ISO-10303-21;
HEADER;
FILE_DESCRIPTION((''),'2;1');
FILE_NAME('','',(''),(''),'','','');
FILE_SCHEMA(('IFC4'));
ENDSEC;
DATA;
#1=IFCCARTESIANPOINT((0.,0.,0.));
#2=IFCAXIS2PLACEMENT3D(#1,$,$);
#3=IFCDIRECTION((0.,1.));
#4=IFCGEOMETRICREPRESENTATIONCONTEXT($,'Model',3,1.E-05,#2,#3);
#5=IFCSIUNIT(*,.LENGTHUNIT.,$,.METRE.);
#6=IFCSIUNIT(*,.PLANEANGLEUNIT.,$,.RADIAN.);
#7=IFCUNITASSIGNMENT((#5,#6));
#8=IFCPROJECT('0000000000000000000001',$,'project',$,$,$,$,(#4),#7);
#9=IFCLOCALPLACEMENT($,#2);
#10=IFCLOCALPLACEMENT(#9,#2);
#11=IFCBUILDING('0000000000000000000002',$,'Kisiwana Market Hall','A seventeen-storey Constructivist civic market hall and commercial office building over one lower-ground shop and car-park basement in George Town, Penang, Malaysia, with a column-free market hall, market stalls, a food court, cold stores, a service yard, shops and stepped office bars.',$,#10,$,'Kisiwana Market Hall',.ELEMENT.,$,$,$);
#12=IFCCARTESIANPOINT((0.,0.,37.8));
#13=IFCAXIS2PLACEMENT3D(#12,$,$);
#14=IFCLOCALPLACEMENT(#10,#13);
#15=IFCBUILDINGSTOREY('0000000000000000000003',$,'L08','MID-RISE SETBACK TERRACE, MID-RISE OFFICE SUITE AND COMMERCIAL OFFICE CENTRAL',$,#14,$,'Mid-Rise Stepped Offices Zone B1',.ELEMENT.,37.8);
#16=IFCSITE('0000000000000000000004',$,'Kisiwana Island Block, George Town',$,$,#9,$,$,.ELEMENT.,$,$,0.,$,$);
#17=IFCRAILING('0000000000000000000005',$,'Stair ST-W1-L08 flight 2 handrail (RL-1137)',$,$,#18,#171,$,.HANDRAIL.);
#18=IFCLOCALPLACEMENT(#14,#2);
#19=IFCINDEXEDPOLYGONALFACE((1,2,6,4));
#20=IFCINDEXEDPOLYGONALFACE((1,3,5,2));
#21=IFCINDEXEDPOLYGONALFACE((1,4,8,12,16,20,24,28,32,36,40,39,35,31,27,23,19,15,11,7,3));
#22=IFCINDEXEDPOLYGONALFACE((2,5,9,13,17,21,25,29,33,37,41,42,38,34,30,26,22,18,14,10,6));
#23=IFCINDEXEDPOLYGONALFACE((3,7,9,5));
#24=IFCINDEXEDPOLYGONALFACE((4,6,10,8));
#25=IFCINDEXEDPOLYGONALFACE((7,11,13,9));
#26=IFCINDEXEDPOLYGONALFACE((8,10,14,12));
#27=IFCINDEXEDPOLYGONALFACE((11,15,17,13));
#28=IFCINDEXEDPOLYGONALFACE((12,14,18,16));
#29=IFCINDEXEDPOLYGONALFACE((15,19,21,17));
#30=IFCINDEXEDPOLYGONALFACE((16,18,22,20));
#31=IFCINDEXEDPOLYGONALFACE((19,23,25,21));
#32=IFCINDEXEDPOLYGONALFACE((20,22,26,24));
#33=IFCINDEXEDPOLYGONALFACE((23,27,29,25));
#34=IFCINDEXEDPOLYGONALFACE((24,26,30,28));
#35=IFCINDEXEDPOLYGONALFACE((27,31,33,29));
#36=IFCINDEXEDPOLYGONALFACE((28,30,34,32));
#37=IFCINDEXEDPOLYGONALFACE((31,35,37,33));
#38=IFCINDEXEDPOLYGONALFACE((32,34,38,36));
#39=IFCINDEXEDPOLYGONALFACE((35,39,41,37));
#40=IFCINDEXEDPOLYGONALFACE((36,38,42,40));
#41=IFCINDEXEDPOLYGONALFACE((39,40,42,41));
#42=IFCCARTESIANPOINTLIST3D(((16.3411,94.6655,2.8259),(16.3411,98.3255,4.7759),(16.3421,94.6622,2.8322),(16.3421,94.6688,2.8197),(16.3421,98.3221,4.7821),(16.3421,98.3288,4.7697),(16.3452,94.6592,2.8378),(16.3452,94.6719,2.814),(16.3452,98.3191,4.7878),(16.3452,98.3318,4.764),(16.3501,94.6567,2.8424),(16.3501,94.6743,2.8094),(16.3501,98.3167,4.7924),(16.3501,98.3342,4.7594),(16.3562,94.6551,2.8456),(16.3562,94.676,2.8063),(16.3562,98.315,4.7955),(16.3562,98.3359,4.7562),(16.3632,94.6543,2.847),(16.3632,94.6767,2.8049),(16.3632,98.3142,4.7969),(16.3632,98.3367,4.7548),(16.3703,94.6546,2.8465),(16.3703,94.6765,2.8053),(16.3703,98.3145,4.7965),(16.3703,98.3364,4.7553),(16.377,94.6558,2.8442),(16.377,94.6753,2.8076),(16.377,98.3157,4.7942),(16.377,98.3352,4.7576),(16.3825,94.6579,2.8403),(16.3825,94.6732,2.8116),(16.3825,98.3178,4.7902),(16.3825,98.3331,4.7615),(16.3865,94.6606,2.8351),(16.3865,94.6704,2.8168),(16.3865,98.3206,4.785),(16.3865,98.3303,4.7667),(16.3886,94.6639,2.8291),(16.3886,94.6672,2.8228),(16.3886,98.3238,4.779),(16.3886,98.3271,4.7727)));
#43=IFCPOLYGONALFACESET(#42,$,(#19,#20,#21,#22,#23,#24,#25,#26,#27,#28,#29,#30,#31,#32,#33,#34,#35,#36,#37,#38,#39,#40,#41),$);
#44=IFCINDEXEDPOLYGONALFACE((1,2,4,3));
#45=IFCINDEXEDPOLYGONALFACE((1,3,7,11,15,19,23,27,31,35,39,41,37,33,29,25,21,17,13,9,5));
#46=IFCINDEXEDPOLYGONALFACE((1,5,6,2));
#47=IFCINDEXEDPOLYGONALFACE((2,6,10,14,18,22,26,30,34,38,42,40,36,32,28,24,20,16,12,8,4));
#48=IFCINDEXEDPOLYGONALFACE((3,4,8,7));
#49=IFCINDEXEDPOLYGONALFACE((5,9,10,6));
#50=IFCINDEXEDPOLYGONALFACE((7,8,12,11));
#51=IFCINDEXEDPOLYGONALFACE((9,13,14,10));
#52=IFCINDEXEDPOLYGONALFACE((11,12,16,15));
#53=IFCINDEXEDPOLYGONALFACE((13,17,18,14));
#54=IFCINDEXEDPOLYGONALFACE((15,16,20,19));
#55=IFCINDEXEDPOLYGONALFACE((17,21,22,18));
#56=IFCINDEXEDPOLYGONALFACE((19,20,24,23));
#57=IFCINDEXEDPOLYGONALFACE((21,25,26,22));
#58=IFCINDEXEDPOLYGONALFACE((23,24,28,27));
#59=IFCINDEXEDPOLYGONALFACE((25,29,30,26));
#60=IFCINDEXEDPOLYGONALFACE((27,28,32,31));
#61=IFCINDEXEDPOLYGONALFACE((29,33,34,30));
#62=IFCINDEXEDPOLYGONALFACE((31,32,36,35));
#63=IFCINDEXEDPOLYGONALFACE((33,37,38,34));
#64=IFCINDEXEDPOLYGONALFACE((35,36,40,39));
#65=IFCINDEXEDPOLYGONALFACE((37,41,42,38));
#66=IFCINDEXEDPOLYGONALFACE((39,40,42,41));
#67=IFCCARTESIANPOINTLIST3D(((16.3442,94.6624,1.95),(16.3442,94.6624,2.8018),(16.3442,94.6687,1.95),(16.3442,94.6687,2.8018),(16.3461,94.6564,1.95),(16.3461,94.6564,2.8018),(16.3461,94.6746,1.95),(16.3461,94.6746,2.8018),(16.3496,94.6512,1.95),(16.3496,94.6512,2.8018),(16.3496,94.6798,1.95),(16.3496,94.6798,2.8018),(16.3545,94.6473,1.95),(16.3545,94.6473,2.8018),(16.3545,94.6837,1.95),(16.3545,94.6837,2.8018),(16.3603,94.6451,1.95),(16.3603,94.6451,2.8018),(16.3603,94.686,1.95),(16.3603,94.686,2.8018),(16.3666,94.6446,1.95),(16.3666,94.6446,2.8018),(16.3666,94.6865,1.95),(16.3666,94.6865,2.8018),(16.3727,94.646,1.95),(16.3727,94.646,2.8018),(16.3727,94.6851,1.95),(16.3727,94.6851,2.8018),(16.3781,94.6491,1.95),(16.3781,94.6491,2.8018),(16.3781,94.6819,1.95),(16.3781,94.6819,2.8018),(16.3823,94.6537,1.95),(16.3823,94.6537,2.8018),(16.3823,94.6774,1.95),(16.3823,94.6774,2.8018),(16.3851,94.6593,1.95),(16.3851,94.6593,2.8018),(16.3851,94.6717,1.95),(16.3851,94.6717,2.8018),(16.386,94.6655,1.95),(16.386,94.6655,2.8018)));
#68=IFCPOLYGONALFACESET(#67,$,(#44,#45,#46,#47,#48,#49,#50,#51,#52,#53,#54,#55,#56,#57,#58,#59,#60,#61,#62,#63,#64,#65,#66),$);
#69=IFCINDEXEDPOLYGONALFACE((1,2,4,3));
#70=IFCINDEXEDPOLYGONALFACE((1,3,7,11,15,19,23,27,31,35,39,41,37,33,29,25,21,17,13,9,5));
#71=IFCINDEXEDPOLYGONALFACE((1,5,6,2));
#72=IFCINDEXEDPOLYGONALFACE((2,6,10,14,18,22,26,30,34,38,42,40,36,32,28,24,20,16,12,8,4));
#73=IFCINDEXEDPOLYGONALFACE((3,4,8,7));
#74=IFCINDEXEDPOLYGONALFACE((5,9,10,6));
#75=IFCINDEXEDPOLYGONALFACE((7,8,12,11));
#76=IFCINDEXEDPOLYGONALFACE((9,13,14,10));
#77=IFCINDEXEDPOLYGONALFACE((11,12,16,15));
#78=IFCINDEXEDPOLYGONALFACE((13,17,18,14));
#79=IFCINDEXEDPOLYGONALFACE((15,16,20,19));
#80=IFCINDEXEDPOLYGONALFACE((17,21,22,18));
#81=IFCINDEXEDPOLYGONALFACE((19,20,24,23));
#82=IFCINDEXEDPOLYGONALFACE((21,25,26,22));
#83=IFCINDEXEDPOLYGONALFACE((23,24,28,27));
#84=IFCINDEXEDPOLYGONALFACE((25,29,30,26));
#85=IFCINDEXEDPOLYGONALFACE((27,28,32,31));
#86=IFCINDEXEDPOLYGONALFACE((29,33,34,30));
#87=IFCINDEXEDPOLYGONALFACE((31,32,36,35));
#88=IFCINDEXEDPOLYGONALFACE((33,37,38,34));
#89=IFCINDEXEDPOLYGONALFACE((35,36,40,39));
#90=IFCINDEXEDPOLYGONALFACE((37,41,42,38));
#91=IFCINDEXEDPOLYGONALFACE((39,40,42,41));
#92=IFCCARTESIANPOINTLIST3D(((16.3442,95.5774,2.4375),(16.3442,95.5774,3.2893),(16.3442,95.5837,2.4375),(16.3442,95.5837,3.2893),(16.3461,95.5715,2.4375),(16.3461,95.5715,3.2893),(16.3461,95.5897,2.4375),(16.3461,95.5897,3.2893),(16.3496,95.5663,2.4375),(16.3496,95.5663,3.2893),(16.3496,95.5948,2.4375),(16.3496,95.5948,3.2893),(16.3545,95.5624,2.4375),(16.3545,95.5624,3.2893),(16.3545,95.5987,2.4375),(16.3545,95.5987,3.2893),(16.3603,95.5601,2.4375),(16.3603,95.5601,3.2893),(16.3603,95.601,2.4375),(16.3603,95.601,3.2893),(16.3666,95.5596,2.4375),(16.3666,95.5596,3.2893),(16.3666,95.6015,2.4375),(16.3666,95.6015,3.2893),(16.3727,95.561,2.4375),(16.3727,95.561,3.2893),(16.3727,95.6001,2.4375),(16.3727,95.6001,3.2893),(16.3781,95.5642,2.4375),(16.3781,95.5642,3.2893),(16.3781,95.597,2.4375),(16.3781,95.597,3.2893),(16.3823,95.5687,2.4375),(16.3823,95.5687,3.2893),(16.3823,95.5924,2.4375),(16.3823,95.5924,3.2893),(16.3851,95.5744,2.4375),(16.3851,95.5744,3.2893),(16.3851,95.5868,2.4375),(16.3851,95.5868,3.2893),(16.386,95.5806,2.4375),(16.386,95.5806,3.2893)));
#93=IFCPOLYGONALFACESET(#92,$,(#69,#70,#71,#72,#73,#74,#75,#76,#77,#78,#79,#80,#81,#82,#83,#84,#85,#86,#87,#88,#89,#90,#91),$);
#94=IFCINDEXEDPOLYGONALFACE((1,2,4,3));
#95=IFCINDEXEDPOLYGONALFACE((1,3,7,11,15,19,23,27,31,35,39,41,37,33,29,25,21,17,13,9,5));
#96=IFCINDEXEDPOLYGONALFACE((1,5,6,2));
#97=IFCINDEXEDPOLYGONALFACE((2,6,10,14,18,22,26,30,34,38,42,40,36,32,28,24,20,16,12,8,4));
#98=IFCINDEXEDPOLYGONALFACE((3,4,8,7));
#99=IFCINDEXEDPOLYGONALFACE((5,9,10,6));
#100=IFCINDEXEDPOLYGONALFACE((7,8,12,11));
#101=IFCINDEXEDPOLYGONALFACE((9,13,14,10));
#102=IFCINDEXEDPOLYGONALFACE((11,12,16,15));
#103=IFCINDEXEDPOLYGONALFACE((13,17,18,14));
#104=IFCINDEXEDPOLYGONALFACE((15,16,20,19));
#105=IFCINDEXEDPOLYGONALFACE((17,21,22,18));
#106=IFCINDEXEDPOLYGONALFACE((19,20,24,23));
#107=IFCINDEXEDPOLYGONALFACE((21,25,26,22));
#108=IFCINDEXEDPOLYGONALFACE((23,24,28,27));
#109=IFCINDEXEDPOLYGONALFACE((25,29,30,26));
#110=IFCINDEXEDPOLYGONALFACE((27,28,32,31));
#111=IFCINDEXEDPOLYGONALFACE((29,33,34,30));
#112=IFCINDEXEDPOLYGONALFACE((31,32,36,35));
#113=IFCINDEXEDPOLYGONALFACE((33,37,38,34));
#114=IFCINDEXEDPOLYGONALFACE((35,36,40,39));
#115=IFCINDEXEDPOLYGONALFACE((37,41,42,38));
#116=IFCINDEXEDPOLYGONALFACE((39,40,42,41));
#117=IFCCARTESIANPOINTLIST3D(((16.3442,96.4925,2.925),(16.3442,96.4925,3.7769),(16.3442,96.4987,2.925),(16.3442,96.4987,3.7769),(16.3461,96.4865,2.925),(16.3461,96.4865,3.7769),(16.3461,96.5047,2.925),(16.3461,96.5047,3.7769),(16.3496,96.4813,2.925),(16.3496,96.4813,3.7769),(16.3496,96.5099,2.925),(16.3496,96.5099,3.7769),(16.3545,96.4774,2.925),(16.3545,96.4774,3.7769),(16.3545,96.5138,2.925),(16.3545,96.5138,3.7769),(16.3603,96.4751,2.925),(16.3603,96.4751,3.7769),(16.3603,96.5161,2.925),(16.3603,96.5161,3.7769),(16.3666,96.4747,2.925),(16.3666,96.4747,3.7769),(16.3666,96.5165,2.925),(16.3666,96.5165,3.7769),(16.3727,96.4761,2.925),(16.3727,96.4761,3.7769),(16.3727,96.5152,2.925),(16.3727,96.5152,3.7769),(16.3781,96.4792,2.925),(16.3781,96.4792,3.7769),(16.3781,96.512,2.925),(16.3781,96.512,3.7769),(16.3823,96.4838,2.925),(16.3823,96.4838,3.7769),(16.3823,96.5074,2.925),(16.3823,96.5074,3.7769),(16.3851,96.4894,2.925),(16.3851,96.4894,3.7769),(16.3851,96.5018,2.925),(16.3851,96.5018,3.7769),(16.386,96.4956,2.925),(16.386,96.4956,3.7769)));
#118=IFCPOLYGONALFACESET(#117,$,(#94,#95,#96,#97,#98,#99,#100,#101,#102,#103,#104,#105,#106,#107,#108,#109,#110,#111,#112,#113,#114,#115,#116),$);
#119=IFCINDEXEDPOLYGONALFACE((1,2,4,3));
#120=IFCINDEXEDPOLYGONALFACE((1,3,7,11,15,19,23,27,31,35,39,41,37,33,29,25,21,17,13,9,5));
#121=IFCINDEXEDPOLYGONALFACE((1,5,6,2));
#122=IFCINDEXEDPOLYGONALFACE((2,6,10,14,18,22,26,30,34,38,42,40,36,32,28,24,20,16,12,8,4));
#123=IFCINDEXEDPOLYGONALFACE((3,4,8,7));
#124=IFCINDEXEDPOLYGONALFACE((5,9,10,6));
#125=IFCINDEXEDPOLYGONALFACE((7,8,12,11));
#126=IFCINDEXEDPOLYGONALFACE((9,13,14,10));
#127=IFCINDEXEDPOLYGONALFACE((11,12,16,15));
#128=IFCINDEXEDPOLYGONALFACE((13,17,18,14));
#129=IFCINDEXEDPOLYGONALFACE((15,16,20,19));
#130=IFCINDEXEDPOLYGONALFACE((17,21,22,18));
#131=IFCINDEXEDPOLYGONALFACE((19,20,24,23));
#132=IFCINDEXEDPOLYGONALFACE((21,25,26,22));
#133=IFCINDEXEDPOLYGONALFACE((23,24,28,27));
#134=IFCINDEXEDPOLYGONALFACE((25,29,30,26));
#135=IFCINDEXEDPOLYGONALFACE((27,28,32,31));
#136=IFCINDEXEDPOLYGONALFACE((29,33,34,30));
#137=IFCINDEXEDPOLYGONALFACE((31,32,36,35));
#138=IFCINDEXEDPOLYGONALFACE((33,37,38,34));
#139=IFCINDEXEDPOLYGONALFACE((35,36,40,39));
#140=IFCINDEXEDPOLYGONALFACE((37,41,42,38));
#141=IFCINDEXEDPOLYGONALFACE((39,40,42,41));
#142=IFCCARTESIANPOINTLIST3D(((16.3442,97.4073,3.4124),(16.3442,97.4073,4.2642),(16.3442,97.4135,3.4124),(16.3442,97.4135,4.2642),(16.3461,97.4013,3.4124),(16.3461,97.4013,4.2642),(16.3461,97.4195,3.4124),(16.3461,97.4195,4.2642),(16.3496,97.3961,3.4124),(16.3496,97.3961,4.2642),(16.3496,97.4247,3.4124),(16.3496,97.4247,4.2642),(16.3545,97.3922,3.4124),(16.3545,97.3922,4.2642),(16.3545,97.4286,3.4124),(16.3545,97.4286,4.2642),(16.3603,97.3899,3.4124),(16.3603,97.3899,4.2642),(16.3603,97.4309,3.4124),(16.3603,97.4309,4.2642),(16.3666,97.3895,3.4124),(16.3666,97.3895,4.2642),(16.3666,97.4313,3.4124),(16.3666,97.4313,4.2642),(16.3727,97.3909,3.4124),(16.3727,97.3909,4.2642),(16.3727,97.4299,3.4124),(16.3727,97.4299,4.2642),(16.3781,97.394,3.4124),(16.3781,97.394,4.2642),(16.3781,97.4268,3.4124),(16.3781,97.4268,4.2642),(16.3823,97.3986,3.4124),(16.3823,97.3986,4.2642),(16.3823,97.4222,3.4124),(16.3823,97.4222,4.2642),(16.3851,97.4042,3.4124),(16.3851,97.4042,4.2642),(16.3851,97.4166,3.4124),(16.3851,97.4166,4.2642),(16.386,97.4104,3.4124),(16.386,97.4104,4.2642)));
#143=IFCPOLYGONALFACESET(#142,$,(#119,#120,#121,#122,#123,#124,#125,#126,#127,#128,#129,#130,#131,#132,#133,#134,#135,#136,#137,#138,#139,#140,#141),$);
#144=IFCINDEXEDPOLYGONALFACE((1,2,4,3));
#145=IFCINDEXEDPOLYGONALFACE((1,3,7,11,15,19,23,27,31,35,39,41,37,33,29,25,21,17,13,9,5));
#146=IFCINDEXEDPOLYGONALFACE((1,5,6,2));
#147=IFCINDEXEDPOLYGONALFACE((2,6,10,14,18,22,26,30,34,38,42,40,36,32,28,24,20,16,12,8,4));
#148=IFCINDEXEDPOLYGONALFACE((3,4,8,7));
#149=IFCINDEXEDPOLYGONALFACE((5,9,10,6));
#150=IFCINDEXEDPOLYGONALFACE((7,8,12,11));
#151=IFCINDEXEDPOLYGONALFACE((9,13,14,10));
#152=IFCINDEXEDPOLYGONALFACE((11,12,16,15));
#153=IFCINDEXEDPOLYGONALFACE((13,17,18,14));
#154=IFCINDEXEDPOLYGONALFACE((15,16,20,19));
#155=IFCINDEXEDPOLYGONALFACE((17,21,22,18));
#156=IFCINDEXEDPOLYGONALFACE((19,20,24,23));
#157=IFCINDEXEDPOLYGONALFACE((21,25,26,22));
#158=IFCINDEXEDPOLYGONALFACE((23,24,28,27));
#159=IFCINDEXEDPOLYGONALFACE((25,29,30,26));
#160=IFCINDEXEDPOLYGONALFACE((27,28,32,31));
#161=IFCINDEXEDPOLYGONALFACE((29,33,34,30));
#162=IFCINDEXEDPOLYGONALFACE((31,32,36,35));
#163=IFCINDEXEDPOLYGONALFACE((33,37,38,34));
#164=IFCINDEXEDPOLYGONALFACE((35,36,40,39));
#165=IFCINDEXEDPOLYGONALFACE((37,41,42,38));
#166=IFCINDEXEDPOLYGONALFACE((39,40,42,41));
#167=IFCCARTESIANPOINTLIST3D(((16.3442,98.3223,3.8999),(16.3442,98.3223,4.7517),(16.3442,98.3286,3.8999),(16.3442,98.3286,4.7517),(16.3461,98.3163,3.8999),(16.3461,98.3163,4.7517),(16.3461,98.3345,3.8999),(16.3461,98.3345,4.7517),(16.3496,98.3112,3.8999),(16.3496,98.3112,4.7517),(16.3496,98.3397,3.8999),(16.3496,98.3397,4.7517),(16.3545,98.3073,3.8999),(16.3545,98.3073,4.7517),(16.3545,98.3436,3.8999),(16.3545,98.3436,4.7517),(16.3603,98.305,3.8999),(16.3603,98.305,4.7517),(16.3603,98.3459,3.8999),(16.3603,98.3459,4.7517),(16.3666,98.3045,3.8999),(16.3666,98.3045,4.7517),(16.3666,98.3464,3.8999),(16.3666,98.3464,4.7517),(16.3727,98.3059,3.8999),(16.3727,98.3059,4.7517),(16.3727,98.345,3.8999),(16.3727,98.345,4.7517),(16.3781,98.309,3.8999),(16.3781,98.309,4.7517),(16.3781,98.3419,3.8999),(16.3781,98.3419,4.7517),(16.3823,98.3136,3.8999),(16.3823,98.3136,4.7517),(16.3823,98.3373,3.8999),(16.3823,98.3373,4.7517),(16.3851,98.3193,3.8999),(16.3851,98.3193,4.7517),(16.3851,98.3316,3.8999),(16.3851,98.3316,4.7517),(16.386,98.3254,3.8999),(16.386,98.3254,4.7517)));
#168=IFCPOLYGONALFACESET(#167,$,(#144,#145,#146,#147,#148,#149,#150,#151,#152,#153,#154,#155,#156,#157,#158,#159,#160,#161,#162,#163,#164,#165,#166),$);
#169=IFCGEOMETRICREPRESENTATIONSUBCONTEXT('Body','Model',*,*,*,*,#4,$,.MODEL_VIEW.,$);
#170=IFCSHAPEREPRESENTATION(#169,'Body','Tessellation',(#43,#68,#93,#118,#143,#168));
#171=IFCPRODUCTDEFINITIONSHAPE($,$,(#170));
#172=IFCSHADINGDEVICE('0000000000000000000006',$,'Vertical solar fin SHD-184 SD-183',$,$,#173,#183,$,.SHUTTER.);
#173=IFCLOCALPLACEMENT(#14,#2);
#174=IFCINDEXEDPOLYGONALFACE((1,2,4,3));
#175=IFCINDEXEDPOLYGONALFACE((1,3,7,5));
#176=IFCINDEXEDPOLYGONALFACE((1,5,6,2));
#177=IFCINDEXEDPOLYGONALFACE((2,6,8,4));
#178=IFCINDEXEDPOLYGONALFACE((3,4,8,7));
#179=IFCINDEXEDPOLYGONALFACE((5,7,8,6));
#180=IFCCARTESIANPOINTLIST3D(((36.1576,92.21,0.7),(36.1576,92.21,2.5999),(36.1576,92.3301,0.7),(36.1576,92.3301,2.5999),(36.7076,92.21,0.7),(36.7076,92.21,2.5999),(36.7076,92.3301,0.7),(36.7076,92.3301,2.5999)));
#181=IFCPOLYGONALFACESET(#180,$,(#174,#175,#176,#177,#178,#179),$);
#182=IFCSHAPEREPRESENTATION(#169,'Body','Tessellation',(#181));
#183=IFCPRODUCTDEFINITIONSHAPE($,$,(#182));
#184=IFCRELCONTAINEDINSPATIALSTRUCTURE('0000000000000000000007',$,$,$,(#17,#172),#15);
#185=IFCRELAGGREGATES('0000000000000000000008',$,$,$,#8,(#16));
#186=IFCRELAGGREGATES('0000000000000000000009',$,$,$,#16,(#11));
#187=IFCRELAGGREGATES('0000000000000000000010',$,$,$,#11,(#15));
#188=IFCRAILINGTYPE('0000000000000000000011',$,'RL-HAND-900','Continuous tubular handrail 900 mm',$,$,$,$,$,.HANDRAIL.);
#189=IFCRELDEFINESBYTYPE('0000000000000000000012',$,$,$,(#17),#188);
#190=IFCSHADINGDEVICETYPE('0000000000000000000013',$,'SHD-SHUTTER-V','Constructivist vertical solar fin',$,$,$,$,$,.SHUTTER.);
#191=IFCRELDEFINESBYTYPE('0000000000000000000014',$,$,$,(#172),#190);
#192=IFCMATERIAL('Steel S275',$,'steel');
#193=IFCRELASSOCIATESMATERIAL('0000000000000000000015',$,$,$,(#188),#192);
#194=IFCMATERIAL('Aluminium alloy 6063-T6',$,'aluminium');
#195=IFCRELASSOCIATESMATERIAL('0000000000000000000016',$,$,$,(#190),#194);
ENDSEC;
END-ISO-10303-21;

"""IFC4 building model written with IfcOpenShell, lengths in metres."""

from ifc_helpers import new_model, si_unit, direction, frame, origin, origin_2d, place, context, subcontext, project, spatial, rectangle, circle, extrude, material, type_object, element, save


model = new_model("IFC4")

# Units and contexts
model_context = context("Model", 3, precision=1e-05, world=origin(), true_north=direction((0.0, 1.0)))
body_context = subcontext(model_context, "Body", "Model", "MODEL_VIEW")
ifc_project = project(units=[si_unit("LENGTHUNIT", "METRE"), si_unit("PLANEANGLEUNIT", "RADIAN")], contexts=[model_context])

# Site, building, storey
site_placement = place(None, origin())
site = spatial("IfcSite", under=ifc_project, at=site_placement, Name="Kisiwana Island Block, George Town", CompositionType="ELEMENT", RefElevation=0.0)
building_placement = place(site_placement, origin())
building = spatial("IfcBuilding", under=site, at=building_placement, Name="Kisiwana Market Hall", Description="A seventeen-storey Constructivist civic market hall and commercial office building over one lower-ground shop and car-park basement in George Town, Penang, Malaysia, with a column-free market hall, market stalls, a food court, cold stores, a service yard, shops and stepped office bars.", LongName="Kisiwana Market Hall", CompositionType="ELEMENT")
storey_placement = place(building_placement, frame((0.0, 0.0, 37.8)))
storey = spatial("IfcBuildingStorey", under=building, at=storey_placement, Name="L08", Description="MID-RISE SETBACK TERRACE, MID-RISE OFFICE SUITE AND COMMERCIAL OFFICE CENTRAL", LongName="Mid-Rise Stepped Offices Zone B1", CompositionType="ELEMENT", Elevation=37.8)

# Railing
ifc_material_1 = material(Name="Steel S275", Category="steel")
railing_type_1 = type_object("IfcRailingType", Name="RL-HAND-900", Description="Continuous tubular handrail 900 mm", PredefinedType="HANDRAIL", material=ifc_material_1)
railing_1_placement = place(storey_placement, frame((16.365, 94.6655, 1.95)))
element("IfcRailing", 1, at=railing_1_placement, inside=storey, type_object=railing_type_1, Name="Stair ST-W1-L08 flight 2 handrail (RL-1137)", PredefinedType="HANDRAIL", context=body_context, shape_type="SweptSolid", body=[
    extrude(circle(Radius=0.0239, at=origin_2d()), frame((0.0, 0.0, 0.876), z_axis=(0.0, 0.882553, 0.470212), x_axis=(-1.0, 0.0, 0.0)), (0.0, 0.0, 1.0), 4.147),
    extrude(circle(Radius=0.021, at=origin_2d()), origin(), (0.0, 0.0, 1.0), 0.8518),
    extrude(circle(Radius=0.021, at=origin_2d()), frame((0.0, 0.915, 0.4875)), (0.0, 0.0, 1.0), 0.8518),
    extrude(circle(Radius=0.021, at=origin_2d()), frame((0.0, 1.8301, 0.9751)), (0.0, 0.0, 1.0), 0.8518),
    extrude(circle(Radius=0.021, at=origin_2d()), frame((0.0, 2.7449, 1.4624)), (0.0, 0.0, 1.0), 0.8518),
    extrude(circle(Radius=0.021, at=origin_2d()), frame((0.0, 3.6599, 1.95)), (0.0, 0.0, 1.0), 0.8518),
])

# Shading device
ifc_material_2 = material(Name="Aluminium alloy 6063-T6", Category="aluminium")
shading_device_type = type_object("IfcShadingDeviceType", Name="SHD-SHUTTER-V", Description="Constructivist vertical solar fin", PredefinedType="SHUTTER", material=ifc_material_2)
shading_device_placement = place(storey_placement, frame((36.4326, 92.27, 0.7), z_axis=(0.0, 0.0, 1.0), x_axis=(0.0, 1.0, 0.0)))
element("IfcShadingDevice", 2, at=shading_device_placement, inside=storey, type_object=shading_device_type, Name="Vertical solar fin SHD-184 SD-183", PredefinedType="SHUTTER", context=body_context, shape_type="SweptSolid", body=[
    extrude(rectangle(XDim=0.1201, YDim=0.55, at=origin_2d()), origin(), (0.0, 0.0, 1.0), 1.8999),
])

save(model, "model.ifc")
